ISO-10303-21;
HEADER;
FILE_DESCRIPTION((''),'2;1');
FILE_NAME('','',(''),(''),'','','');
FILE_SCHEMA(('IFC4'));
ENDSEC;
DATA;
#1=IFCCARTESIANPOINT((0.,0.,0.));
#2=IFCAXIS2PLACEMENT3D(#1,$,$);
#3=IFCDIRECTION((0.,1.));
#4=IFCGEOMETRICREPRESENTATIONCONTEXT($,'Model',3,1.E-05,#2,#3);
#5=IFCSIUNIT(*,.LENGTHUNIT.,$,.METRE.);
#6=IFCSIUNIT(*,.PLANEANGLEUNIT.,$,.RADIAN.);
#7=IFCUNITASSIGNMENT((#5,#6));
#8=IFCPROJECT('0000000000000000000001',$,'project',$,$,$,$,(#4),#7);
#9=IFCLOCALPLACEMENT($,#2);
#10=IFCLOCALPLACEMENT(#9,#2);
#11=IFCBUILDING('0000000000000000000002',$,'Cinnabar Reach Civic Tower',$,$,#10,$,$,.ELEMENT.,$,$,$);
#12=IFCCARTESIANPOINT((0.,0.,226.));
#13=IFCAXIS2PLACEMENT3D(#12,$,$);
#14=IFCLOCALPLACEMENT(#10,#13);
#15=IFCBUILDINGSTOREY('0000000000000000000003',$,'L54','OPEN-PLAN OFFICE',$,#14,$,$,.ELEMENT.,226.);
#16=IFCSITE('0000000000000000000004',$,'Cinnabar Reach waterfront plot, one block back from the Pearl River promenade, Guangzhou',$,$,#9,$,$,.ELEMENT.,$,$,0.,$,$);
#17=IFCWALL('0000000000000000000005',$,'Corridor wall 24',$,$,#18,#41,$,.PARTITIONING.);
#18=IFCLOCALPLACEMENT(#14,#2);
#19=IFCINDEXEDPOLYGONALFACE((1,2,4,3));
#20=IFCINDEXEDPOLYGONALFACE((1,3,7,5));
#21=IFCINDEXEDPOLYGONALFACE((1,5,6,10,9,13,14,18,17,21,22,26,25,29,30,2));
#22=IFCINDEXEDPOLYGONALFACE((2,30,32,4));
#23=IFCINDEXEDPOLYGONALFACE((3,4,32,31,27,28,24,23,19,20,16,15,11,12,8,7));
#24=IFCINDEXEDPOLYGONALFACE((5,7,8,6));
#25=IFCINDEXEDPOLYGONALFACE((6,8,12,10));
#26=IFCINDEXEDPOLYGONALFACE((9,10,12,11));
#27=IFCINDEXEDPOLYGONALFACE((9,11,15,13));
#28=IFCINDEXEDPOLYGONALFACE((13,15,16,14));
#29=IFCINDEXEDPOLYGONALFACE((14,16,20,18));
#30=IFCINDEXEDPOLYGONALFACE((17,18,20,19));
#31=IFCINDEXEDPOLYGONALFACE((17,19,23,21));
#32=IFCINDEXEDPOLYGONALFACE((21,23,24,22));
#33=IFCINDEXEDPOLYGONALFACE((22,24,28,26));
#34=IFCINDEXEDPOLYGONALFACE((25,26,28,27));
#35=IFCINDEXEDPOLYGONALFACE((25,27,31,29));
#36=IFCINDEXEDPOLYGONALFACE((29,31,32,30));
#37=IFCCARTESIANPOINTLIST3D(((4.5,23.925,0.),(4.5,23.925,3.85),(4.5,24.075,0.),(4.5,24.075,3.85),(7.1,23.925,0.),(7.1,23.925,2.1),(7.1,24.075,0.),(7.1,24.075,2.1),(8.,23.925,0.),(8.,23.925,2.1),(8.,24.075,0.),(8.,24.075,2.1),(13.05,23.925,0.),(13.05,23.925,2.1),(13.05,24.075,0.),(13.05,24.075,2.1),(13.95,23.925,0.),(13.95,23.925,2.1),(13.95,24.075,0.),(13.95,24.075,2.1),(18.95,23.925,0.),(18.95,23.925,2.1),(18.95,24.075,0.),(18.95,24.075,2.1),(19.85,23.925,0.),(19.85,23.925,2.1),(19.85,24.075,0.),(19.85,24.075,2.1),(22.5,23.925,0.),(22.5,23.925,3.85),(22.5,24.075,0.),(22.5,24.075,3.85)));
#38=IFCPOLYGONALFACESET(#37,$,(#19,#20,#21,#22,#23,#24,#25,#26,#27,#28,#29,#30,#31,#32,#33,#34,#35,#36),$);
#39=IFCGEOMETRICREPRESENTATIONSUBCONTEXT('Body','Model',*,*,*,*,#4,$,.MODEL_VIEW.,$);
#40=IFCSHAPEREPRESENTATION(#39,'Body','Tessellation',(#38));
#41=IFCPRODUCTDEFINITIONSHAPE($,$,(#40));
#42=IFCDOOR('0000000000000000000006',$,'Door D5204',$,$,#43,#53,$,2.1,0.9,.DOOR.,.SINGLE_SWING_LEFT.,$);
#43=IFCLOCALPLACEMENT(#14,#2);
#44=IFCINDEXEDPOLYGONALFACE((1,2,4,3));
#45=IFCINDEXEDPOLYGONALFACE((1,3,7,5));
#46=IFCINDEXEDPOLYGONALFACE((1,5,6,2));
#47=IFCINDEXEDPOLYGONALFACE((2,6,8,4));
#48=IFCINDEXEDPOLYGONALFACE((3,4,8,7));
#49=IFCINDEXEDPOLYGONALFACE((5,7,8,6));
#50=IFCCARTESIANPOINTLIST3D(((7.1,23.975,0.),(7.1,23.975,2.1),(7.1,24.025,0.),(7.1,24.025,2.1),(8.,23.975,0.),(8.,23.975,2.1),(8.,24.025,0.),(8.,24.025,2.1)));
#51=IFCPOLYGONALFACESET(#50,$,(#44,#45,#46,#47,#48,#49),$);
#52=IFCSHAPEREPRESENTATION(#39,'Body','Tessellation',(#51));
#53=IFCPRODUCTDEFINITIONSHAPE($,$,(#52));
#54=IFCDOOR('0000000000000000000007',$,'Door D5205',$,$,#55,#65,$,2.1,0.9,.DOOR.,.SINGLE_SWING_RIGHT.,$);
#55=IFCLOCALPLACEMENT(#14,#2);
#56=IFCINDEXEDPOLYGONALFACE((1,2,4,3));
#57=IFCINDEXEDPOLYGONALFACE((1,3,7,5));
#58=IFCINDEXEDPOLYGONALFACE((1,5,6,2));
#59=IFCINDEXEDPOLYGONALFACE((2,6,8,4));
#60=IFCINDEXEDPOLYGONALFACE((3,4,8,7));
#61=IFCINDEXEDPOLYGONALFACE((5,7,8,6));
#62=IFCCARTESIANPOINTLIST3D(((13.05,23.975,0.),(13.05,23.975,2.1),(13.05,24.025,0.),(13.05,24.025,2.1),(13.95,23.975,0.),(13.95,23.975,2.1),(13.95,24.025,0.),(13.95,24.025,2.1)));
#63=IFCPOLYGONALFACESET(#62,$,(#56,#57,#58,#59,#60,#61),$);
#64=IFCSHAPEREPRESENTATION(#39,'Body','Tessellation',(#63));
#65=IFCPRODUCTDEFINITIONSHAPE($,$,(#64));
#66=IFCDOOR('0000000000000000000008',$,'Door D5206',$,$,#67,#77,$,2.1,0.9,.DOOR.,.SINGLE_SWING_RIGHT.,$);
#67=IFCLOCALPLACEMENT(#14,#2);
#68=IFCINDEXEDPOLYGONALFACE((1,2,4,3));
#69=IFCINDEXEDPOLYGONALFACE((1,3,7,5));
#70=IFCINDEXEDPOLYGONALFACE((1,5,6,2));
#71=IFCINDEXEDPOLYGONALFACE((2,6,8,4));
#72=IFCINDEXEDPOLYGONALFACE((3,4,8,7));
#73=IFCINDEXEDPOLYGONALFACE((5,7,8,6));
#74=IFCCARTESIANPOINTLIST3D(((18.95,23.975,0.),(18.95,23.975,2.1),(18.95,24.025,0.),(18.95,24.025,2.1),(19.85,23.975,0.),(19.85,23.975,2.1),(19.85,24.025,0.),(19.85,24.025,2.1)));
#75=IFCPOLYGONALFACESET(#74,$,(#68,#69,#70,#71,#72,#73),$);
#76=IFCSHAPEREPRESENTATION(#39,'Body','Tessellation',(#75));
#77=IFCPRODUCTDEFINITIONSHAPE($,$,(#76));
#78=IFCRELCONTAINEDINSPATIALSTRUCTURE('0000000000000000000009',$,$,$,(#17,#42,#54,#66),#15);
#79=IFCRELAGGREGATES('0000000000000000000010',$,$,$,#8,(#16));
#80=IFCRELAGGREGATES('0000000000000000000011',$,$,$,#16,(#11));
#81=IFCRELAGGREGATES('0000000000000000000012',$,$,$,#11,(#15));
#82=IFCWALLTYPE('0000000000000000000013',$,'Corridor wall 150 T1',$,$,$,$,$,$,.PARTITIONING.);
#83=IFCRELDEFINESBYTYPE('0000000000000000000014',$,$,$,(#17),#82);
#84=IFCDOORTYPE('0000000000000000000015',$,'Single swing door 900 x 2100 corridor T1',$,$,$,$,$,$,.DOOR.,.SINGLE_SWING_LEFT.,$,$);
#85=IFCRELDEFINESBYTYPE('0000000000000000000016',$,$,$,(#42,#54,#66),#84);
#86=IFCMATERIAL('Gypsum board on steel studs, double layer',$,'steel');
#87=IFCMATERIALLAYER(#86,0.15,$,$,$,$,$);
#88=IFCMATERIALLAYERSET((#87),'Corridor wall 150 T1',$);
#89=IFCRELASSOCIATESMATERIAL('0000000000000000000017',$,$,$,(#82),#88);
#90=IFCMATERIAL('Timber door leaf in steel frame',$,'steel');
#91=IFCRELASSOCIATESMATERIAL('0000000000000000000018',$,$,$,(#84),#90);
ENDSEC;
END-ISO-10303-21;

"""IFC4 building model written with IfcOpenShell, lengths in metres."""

from ifc_helpers import new_model, si_unit, direction, frame, frame_2d, origin, place, context, subcontext, project, spatial, rectangle, extrude, material, layer, layer_set, type_object, element, fill, save


model = new_model("IFC4")

# Units and contexts
model_context = context("Model", 3, precision=1e-05, world=origin(), true_north=direction((0.0, 1.0)))
body_context = subcontext(model_context, "Body", "Model", "MODEL_VIEW")
ifc_project = project(units=[si_unit("LENGTHUNIT", "METRE"), si_unit("PLANEANGLEUNIT", "RADIAN")], contexts=[model_context])

# Site, building, storey
site_placement = place(None, origin())
site = spatial("IfcSite", under=ifc_project, at=site_placement, Name="Cinnabar Reach waterfront plot, one block back from the Pearl River promenade, Guangzhou", CompositionType="ELEMENT", RefElevation=0.0)
building_placement = place(site_placement, origin())
building = spatial("IfcBuilding", under=site, at=building_placement, Name="Cinnabar Reach Civic Tower", CompositionType="ELEMENT")
storey_placement = place(building_placement, frame((0.0, 0.0, 226.0)))
storey = spatial("IfcBuildingStorey", under=building, at=storey_placement, Name="L54", Description="OPEN-PLAN OFFICE", CompositionType="ELEMENT", Elevation=226.0)

# Shared definitions
ifc_material_1 = material(Name="Timber door leaf in steel frame", Category="steel")

# Wall, openings, doors
ifc_material_2 = material(Name="Gypsum board on steel studs, double layer", Category="steel")
ifc_layer_1 = layer(ifc_material_2, 0.15)
ifc_layer_set_1 = layer_set([ifc_layer_1], Name="Corridor wall 150 T1")
wall_type_1 = type_object("IfcWallType", Name="Corridor wall 150 T1", PredefinedType="PARTITIONING", material=ifc_layer_set_1)
wall_1_placement = place(storey_placement, frame((4.5, 24.0, 0.0), z_axis=(0.0, 0.0, 1.0), x_axis=(1.0, 0.0, 0.0)))
wall_1 = element("IfcWall", 1, at=wall_1_placement, inside=storey, type_object=wall_type_1, Name="Corridor wall 24", PredefinedType="PARTITIONING", context=body_context, shape_type="SweptSolid", body=[
    extrude(rectangle(XDim=18.0, YDim=0.15, at=frame_2d((9.0, 0.0))), origin(), (0.0, 0.0, 1.0), 3.85),
])
opening_1_placement = place(wall_1_placement, frame((2.6, 0.0, 0.0)))
opening_1 = element("IfcOpeningElement", 2, at=opening_1_placement, cuts=wall_1, PredefinedType="OPENING", context=body_context, shape_type="SweptSolid", body=[
    extrude(rectangle(XDim=0.9, YDim=2.1, at=frame_2d((0.45, 1.05))), frame((0.0, 0.085, 0.0), z_axis=(0.0, -1.0, 0.0), x_axis=(1.0, 0.0, 0.0)), (0.0, 0.0, 1.0), 0.17),
])
opening_2_placement = place(wall_1_placement, frame((8.55, 0.0, 0.0)))
opening_2 = element("IfcOpeningElement", 3, at=opening_2_placement, cuts=wall_1, PredefinedType="OPENING", context=body_context, shape_type="SweptSolid", body=[
    extrude(rectangle(XDim=0.9, YDim=2.1, at=frame_2d((0.45, 1.05))), frame((0.0, 0.085, 0.0), z_axis=(0.0, -1.0, 0.0), x_axis=(1.0, 0.0, 0.0)), (0.0, 0.0, 1.0), 0.17),
])
opening_3_placement = place(wall_1_placement, frame((14.45, 0.0, 0.0)))
opening_3 = element("IfcOpeningElement", 4, at=opening_3_placement, cuts=wall_1, PredefinedType="OPENING", context=body_context, shape_type="SweptSolid", body=[
    extrude(rectangle(XDim=0.9, YDim=2.1, at=frame_2d((0.45, 1.05))), frame((0.0, 0.085, 0.0), z_axis=(0.0, -1.0, 0.0), x_axis=(1.0, 0.0, 0.0)), (0.0, 0.0, 1.0), 0.17),
])
door_type_1 = type_object("IfcDoorType", Name="Single swing door 900 x 2100 corridor T1", OperationType="SINGLE_SWING_LEFT", PredefinedType="DOOR", material=ifc_material_1)
door_1_placement = place(opening_1_placement, frame((0.9, 0.0, 0.0), z_axis=(0.0, 0.0, 1.0), x_axis=(-1.0, 0.0, 0.0)))
door_1 = element("IfcDoor", 5, at=door_1_placement, inside=storey, type_object=door_type_1, Name="Door D5204", OperationType="SINGLE_SWING_LEFT", OverallHeight=2.1, OverallWidth=0.9, PredefinedType="DOOR", context=body_context, shape_type="SweptSolid", body=[
    extrude(rectangle(XDim=0.9, YDim=2.1, at=frame_2d((0.45, 1.05))), frame((0.0, 0.025, 0.0), z_axis=(0.0, -1.0, 0.0), x_axis=(1.0, 0.0, 0.0)), (0.0, 0.0, 1.0), 0.05),
])
fill(opening_1, door_1)
door_2_placement = place(opening_2_placement, frame((0.9, 0.0, 0.0), z_axis=(0.0, 0.0, 1.0), x_axis=(-1.0, 0.0, 0.0)))
door_2 = element("IfcDoor", 6, at=door_2_placement, inside=storey, type_object=door_type_1, Name="Door D5205", OperationType="SINGLE_SWING_RIGHT", OverallHeight=2.1, OverallWidth=0.9, PredefinedType="DOOR", context=body_context, shape_type="SweptSolid", body=[
    extrude(rectangle(XDim=0.9, YDim=2.1, at=frame_2d((0.45, 1.05))), frame((0.0, 0.025, 0.0), z_axis=(0.0, -1.0, 0.0), x_axis=(1.0, 0.0, 0.0)), (0.0, 0.0, 1.0), 0.05),
])
fill(opening_2, door_2)
door_3_placement = place(opening_3_placement, frame((0.9, 0.0, 0.0), z_axis=(0.0, 0.0, 1.0), x_axis=(-1.0, 0.0, 0.0)))
door_3 = element("IfcDoor", 7, at=door_3_placement, inside=storey, type_object=door_type_1, Name="Door D5206", OperationType="SINGLE_SWING_RIGHT", OverallHeight=2.1, OverallWidth=0.9, PredefinedType="DOOR", context=body_context, shape_type="SweptSolid", body=[
    extrude(rectangle(XDim=0.9, YDim=2.1, at=frame_2d((0.45, 1.05))), frame((0.0, 0.025, 0.0), z_axis=(0.0, -1.0, 0.0), x_axis=(1.0, 0.0, 0.0)), (0.0, 0.0, 1.0), 0.05),
])
fill(opening_3, door_3)

save(model, "model.ifc")
